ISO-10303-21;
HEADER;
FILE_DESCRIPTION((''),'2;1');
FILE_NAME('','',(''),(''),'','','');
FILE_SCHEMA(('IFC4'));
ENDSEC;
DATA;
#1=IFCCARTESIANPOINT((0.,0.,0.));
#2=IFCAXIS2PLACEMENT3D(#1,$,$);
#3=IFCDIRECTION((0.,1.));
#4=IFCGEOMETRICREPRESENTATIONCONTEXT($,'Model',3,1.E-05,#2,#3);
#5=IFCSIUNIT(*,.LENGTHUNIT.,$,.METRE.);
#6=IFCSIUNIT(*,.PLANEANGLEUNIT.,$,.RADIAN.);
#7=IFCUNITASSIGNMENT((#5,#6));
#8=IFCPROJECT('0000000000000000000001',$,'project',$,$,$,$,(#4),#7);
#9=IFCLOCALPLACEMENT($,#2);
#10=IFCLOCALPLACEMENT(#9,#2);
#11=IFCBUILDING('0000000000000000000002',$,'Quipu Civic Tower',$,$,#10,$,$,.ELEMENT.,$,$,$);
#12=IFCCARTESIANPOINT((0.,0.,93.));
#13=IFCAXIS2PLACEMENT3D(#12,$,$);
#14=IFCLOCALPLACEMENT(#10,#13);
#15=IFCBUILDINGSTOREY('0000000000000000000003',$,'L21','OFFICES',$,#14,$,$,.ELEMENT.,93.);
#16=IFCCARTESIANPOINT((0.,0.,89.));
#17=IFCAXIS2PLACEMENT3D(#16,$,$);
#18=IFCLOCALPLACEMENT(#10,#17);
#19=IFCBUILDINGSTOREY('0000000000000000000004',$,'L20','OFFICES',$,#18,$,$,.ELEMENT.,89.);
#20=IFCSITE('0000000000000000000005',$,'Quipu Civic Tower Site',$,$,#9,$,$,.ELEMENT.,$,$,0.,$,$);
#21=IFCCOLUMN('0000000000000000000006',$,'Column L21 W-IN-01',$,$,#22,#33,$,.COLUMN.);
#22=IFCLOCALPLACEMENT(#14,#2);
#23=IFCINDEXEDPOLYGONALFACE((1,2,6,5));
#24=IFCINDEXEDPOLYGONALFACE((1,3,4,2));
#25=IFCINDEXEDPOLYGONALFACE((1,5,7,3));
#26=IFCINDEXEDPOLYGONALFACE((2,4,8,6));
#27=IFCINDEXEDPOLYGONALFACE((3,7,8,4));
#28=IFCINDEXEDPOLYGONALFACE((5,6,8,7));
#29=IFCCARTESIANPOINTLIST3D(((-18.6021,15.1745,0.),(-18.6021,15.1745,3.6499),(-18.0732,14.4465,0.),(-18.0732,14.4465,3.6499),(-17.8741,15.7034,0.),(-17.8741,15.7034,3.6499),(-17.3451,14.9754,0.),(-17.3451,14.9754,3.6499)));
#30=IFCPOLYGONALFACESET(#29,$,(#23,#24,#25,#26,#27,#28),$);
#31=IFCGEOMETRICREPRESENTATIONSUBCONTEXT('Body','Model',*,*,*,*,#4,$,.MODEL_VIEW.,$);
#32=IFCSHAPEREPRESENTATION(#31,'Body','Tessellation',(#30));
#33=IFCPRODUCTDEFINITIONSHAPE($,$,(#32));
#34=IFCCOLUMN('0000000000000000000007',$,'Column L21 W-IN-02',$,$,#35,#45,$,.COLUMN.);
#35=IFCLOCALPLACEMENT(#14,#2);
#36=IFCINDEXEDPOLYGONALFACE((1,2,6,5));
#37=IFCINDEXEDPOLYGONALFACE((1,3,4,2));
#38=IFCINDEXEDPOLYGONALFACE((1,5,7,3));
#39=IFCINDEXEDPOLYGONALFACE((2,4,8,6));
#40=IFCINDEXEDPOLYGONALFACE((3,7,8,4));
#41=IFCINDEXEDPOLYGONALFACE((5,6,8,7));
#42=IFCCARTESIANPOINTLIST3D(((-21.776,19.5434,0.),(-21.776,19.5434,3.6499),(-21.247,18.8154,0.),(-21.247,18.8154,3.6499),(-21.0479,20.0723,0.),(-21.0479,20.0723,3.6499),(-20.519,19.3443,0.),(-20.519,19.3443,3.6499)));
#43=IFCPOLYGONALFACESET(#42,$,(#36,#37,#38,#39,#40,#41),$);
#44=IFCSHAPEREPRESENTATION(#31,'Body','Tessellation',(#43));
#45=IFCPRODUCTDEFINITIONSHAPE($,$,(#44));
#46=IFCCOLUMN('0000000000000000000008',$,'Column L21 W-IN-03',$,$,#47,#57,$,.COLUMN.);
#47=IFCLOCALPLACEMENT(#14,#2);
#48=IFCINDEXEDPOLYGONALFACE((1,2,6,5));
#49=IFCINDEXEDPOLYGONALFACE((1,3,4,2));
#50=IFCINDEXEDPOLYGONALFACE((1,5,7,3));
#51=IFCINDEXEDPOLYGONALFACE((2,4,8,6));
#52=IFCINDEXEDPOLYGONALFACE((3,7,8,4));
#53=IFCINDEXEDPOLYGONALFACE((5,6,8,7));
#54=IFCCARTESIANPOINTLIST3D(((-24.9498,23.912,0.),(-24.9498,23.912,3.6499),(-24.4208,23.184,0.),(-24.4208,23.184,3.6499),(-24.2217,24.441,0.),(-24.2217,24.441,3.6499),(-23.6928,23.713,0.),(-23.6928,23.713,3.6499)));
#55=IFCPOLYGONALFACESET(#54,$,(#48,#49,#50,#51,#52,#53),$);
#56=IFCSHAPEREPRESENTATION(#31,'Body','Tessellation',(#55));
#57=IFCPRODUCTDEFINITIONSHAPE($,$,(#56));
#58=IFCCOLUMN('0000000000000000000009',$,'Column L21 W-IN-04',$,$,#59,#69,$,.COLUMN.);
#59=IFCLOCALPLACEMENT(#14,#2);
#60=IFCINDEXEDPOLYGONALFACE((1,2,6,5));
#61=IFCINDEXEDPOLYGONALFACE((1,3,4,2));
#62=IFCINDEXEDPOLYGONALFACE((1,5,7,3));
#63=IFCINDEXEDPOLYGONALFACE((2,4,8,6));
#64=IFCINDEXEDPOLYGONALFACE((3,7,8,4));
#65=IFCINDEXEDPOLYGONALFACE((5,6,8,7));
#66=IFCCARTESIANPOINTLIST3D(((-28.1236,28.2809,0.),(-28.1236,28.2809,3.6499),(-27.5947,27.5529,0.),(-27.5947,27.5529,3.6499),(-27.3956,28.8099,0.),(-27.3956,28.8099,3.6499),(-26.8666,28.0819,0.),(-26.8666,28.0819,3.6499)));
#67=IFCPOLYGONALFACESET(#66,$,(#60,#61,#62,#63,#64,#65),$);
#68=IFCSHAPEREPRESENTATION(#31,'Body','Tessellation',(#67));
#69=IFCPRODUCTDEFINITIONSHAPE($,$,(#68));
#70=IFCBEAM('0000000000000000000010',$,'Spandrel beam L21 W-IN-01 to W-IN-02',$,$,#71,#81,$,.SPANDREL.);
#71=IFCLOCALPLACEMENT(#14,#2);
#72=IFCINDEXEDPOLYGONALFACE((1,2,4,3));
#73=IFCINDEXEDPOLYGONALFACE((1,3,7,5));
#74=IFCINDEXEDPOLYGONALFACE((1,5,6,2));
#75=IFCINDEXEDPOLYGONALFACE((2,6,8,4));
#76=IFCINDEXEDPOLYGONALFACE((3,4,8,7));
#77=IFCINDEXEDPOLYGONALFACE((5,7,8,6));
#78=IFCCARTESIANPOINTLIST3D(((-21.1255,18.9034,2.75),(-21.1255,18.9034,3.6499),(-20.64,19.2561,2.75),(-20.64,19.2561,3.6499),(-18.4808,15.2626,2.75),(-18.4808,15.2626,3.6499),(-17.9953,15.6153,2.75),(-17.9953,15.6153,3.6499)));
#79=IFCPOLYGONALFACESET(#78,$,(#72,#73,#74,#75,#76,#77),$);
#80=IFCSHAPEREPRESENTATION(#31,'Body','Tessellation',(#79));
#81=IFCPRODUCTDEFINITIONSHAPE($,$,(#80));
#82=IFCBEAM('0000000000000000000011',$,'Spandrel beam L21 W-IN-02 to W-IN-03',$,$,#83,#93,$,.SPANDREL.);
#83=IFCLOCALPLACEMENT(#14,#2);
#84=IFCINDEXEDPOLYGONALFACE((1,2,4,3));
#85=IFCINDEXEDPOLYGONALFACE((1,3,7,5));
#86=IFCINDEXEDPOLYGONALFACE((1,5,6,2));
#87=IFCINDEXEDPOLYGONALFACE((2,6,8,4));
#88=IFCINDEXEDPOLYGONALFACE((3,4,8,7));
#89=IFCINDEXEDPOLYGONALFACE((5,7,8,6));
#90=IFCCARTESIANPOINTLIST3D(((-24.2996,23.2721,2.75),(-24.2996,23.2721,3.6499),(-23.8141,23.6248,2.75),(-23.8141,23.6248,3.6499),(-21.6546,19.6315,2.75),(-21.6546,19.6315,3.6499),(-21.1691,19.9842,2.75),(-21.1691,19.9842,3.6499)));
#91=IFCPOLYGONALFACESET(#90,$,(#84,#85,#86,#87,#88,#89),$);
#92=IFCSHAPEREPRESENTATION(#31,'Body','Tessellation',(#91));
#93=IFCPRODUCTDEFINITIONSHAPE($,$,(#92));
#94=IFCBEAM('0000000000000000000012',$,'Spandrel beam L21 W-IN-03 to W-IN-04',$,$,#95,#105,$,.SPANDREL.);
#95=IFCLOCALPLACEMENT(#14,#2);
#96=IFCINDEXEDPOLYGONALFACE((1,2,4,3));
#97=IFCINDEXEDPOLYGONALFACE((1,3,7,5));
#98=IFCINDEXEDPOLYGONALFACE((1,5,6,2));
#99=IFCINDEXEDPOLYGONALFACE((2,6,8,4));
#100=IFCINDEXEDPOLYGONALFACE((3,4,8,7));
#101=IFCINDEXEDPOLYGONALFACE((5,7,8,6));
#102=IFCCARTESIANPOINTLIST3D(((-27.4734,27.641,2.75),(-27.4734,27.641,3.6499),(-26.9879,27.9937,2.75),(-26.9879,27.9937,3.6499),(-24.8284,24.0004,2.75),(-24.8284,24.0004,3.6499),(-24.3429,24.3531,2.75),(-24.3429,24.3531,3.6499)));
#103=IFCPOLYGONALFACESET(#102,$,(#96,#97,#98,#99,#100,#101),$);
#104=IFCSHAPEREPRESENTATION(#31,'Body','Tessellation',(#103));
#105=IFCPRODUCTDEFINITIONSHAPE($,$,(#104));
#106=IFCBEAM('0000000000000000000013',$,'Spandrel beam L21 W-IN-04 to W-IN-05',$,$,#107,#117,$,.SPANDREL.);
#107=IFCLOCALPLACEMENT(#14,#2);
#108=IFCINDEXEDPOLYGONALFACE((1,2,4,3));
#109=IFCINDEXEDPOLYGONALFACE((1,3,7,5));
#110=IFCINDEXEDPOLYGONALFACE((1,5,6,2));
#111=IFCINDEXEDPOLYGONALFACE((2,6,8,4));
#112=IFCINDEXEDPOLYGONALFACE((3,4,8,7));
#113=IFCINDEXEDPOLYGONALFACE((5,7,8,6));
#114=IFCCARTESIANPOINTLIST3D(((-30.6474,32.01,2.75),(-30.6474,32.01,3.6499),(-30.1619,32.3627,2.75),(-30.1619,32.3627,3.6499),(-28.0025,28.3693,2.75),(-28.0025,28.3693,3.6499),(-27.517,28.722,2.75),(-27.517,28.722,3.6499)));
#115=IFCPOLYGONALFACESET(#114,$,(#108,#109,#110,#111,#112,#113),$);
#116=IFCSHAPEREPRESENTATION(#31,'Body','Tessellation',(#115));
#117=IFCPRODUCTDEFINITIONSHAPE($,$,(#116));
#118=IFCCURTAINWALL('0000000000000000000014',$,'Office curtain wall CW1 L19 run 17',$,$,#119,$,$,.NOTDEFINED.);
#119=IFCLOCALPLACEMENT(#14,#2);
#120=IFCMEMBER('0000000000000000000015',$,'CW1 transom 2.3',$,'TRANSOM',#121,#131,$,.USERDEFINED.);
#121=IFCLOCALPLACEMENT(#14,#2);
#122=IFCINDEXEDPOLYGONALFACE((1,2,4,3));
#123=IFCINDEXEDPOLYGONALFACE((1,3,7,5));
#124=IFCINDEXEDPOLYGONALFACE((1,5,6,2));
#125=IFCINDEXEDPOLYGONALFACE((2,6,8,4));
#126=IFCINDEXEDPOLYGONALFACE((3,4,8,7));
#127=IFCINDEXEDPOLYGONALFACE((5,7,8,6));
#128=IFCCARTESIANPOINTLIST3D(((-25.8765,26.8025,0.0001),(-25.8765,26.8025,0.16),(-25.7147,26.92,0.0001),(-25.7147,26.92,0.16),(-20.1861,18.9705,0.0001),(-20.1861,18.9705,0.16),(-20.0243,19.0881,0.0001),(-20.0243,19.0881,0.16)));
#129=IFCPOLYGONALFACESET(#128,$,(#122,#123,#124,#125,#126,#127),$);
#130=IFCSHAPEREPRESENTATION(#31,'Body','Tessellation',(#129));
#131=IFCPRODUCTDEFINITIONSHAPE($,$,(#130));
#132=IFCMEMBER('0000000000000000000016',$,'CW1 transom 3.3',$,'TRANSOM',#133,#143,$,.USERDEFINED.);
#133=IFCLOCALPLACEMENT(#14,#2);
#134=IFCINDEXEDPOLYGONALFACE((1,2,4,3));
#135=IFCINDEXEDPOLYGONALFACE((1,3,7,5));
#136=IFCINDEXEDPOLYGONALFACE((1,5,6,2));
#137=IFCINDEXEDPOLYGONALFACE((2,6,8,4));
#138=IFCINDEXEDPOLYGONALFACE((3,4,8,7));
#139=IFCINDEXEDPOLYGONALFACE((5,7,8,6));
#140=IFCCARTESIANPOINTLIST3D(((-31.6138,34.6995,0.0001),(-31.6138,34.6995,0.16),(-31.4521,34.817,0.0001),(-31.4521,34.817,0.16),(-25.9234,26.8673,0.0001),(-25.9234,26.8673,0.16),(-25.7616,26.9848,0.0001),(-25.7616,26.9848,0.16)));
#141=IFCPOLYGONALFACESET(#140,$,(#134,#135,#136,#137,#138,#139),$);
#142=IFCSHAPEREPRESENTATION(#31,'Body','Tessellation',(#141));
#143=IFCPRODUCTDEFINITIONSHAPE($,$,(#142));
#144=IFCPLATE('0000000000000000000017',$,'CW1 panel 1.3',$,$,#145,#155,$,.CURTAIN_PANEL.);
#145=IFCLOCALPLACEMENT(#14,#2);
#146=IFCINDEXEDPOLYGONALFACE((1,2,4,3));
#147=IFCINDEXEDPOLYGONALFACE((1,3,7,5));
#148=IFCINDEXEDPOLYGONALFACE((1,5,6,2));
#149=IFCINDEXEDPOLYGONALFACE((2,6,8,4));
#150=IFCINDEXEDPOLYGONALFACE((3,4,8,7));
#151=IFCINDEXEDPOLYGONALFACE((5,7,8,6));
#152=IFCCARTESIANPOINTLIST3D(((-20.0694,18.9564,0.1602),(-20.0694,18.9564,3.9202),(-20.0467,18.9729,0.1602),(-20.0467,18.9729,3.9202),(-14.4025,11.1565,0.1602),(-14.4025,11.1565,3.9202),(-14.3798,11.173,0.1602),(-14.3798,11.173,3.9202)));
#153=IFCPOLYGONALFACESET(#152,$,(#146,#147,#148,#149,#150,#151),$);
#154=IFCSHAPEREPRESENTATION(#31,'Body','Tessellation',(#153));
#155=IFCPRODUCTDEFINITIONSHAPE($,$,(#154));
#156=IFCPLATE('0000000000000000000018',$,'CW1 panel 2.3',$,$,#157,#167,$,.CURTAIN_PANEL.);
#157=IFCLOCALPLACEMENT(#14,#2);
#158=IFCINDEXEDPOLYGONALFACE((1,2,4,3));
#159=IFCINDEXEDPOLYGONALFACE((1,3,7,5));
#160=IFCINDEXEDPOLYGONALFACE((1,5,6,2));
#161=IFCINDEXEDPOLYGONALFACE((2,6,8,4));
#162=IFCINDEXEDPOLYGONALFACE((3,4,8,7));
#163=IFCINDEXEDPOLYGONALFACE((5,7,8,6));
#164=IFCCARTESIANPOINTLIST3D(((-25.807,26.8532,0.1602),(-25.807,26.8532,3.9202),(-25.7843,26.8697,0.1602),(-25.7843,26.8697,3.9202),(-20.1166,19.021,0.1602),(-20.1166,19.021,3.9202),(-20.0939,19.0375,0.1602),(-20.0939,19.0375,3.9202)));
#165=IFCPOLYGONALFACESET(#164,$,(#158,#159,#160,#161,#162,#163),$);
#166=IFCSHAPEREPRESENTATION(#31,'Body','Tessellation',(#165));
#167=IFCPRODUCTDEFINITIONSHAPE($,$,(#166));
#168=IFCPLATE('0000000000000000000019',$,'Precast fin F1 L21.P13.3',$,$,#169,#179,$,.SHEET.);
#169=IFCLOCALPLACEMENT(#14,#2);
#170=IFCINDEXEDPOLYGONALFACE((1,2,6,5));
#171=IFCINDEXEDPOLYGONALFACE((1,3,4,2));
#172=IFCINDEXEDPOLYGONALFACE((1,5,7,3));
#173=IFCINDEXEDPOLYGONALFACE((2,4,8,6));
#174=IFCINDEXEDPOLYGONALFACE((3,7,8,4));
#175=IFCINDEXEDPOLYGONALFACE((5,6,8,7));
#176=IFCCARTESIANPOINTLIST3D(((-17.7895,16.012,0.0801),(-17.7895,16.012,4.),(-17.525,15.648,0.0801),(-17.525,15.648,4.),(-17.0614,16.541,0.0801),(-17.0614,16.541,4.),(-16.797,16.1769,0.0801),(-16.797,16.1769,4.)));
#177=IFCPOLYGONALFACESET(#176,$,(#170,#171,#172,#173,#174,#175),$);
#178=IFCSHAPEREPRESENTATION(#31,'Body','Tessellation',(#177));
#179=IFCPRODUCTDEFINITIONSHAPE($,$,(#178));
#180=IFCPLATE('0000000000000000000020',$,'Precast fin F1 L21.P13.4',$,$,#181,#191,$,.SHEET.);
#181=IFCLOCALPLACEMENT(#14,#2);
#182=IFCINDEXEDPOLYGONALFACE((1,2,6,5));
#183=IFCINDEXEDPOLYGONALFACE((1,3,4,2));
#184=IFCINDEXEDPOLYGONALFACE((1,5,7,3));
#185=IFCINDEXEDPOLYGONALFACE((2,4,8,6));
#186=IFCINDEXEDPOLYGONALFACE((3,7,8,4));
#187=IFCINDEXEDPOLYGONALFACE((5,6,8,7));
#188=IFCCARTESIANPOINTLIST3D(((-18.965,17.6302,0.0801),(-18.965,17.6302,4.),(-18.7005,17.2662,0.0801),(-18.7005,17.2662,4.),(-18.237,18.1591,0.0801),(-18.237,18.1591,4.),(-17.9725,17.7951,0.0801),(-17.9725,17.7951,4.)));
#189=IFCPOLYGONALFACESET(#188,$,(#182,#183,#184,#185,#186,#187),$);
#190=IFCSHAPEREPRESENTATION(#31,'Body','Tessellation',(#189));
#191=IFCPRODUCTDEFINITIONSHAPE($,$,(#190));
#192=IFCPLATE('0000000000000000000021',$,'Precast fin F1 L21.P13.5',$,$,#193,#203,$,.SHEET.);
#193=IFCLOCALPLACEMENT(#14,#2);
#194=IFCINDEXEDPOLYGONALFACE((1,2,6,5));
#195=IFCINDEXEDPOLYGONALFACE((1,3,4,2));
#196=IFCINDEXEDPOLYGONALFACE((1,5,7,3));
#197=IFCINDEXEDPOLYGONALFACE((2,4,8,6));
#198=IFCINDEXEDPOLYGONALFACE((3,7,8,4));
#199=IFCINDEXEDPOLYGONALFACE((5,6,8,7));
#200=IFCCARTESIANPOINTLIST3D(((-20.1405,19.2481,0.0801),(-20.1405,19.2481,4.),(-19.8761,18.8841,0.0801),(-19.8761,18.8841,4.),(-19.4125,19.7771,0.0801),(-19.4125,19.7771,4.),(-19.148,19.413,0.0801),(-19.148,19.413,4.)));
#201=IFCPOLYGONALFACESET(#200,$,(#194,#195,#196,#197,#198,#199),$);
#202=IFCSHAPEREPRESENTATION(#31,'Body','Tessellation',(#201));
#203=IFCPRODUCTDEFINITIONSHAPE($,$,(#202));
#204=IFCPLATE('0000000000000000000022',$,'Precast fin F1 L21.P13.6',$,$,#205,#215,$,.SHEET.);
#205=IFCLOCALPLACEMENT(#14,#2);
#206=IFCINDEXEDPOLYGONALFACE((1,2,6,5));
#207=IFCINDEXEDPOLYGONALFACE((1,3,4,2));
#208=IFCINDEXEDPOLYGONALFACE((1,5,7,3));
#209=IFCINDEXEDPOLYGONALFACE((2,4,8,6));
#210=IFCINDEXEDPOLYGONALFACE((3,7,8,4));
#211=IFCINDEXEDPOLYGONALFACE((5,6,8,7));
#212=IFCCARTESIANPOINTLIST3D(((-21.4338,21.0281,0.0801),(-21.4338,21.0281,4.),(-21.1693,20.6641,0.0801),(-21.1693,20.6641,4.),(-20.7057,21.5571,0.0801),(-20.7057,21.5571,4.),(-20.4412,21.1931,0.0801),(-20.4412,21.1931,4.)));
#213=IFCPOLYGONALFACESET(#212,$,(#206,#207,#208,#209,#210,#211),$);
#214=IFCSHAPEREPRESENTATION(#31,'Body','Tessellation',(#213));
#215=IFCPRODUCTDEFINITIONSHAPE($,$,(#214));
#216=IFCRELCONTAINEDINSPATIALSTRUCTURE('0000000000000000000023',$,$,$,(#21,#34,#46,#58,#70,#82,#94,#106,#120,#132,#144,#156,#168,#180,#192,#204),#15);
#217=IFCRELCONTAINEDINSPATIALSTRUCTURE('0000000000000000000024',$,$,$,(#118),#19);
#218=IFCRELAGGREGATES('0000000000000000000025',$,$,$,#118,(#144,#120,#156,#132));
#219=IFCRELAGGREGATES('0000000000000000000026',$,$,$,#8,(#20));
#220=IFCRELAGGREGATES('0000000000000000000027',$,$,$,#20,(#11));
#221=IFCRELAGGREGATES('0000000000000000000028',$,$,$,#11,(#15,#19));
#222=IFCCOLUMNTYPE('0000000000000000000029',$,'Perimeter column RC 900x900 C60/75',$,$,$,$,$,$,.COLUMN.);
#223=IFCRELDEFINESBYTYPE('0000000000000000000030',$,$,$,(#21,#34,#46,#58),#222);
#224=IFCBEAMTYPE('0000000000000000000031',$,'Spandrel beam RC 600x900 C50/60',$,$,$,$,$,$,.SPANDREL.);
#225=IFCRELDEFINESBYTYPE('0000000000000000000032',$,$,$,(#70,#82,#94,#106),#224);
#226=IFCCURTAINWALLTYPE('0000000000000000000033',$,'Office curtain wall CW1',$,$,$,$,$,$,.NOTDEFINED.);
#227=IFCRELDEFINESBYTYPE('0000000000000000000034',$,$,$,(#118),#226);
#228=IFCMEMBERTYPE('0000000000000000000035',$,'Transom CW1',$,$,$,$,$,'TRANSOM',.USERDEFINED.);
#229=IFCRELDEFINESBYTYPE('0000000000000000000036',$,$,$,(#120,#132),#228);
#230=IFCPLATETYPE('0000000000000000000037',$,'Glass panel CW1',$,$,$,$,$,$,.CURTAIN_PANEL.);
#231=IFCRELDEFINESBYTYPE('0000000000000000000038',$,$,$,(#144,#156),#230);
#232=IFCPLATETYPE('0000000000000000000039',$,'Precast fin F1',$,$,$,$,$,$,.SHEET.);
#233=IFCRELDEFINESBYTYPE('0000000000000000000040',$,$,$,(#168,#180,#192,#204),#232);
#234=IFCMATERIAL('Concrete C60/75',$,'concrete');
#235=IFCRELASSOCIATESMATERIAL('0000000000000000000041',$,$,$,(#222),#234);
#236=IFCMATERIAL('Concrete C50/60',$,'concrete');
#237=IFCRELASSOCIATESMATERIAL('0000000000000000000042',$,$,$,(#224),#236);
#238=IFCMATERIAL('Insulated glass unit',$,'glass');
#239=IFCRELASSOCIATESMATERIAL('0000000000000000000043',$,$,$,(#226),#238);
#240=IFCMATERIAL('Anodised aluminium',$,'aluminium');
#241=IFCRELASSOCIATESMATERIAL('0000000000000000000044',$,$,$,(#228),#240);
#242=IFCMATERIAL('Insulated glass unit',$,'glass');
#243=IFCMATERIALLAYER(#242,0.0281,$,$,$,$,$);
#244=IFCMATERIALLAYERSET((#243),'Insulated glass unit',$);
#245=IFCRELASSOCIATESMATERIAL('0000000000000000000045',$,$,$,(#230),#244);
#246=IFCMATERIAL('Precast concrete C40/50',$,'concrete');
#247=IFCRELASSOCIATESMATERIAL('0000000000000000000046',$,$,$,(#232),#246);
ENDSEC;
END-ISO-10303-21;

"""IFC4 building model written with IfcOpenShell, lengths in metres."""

from ifc_helpers import new_model, si_unit, direction, frame, origin, origin_2d, place, context, subcontext, project, spatial, rectangle, extrude, material, layer, layer_set, material_profile, profile_set, type_object, element, aggregate, save


model = new_model("IFC4")

# Units and contexts
model_context = context("Model", 3, precision=1e-05, world=origin(), true_north=direction((0.0, 1.0)))
body_context = subcontext(model_context, "Body", "Model", "MODEL_VIEW")
ifc_project = project(units=[si_unit("LENGTHUNIT", "METRE"), si_unit("PLANEANGLEUNIT", "RADIAN")], contexts=[model_context])

# Site, building, storey
site_placement = place(None, origin())
site = spatial("IfcSite", under=ifc_project, at=site_placement, Name="Quipu Civic Tower Site", CompositionType="ELEMENT", RefElevation=0.0)
building_placement = place(site_placement, origin())
building = spatial("IfcBuilding", under=site, at=building_placement, Name="Quipu Civic Tower", CompositionType="ELEMENT")
storey_1_placement = place(building_placement, frame((0.0, 0.0, 93.0)))
storey_1 = spatial("IfcBuildingStorey", under=building, at=storey_1_placement, Name="L21", Description="OFFICES", CompositionType="ELEMENT", Elevation=93.0)

# Columns
ifc_material_1 = material(Name="Concrete C60/75", Category="concrete")
ifc_material_profile_1 = material_profile(ifc_material_1, rectangle(XDim=0.8999, YDim=0.8999, at=origin_2d()), Name="RC900x900")
ifc_profile_set_1 = profile_set([ifc_material_profile_1], Name="Concrete C60/75")
column_type = type_object("IfcColumnType", Name="Perimeter column RC 900x900 C60/75", PredefinedType="COLUMN", material=ifc_profile_set_1)
for number, where, z_axis, x_axis, name in (
    (1, (-17.9736, 15.075, 0.0), (0.0, 0.0, 1.0), (-0.587785, 0.809017, 0.0), "Column L21 W-IN-01"),
    (2, (-21.1475, 19.4438, 0.0), (0.0, 0.0, 1.0), (-0.587785, 0.809017, 0.0), "Column L21 W-IN-02"),
    (3, (-24.3213, 23.8125, 0.0), (0.0, 0.0, 1.0), (-0.587785, 0.809017, 0.0), "Column L21 W-IN-03"),
    (4, (-27.4951, 28.1814, 0.0), (0.0, 0.0, 1.0), (-0.587785, 0.809017, 0.0), "Column L21 W-IN-04"),
):
    element("IfcColumn", number, at=place(storey_1_placement, frame(where, z_axis=z_axis, x_axis=x_axis)), inside=storey_1, type_object=column_type, Name=name, PredefinedType="COLUMN", context=body_context, shape_type="SweptSolid", body=[
        extrude(rectangle(XDim=0.8999, YDim=0.8999, at=origin_2d()), origin(), (0.0, 0.0, 1.0), 3.6499),
    ])

# Beams
ifc_material_2 = material(Name="Concrete C50/60", Category="concrete")
ifc_material_profile_2 = material_profile(ifc_material_2, rectangle(XDim=0.6001, YDim=0.8999, at=origin_2d()), Name="RC600x900")
ifc_profile_set_2 = profile_set([ifc_material_profile_2], Name="Concrete C50/60")
beam_type = type_object("IfcBeamType", Name="Spandrel beam RC 600x900 C50/60", PredefinedType="SPANDREL", material=ifc_profile_set_2)
for number, where, z_axis, x_axis, name in (
    (5, (-18.238, 15.439, 3.2), (-0.587717, 0.809067, 0.0), (-0.809067, -0.587717, 0.0), "Spandrel beam L21 W-IN-01 to W-IN-02"),
    (6, (-21.4119, 19.8079, 3.2), (-0.587778, 0.809022, 0.0), (-0.809022, -0.587778, 0.0), "Spandrel beam L21 W-IN-02 to W-IN-03"),
    (7, (-24.5857, 24.1768, 3.2), (-0.587778, 0.809022, 0.0), (-0.809022, -0.587778, 0.0), "Spandrel beam L21 W-IN-03 to W-IN-04"),
    (8, (-27.7598, 28.5457, 3.2), (-0.587743, 0.809048, 0.0), (-0.809048, -0.587743, 0.0), "Spandrel beam L21 W-IN-04 to W-IN-05"),
):
    element("IfcBeam", number, at=place(storey_1_placement, frame(where, z_axis=z_axis, x_axis=x_axis)), inside=storey_1, type_object=beam_type, Name=name, PredefinedType="SPANDREL", context=body_context, shape_type="SweptSolid", body=[
        extrude(rectangle(XDim=0.6001, YDim=0.8999, at=origin_2d()), origin(), (0.0, 0.0, 1.0), 4.5),
    ])

# Shared definitions
storey_2_placement = place(building_placement, frame((0.0, 0.0, 89.0)))
storey_2 = spatial("IfcBuildingStorey", under=building, at=storey_2_placement, Name="L20", Description="OFFICES", CompositionType="ELEMENT", Elevation=89.0)

# Curtain wall, members, plates
ifc_material_3 = material(Name="Insulated glass unit", Category="glass")
curtain_wall_type = type_object("IfcCurtainWallType", Name="Office curtain wall CW1", PredefinedType="NOTDEFINED", material=ifc_material_3)
curtain_wall_placement = place(storey_2_placement, origin())
curtain_wall = element("IfcCurtainWall", 9, at=curtain_wall_placement, inside=storey_2, type_object=curtain_wall_type, Name="Office curtain wall CW1 L19 run 17", PredefinedType="NOTDEFINED")
ifc_material_4 = material(Name="Anodised aluminium", Category="aluminium")
ifc_material_profile_3 = material_profile(ifc_material_4, rectangle(XDim=0.2, YDim=0.1599, at=origin_2d()), Name="RECT 200x160")
ifc_profile_set_3 = profile_set([ifc_material_profile_3], Name="Anodised aluminium")
member_type = type_object("IfcMemberType", Name="Transom CW1", ElementType="TRANSOM", PredefinedType="USERDEFINED", material=ifc_profile_set_3)
member_1_placement = place(storey_1_placement, frame((-20.1052, 19.0293, 0.0801), z_axis=(-0.587794, 0.809011, 0.0), x_axis=(-0.809011, -0.587794, 0.0)))
member_1 = element("IfcMember", 10, at=member_1_placement, inside=storey_1, type_object=member_type, Name="CW1 transom 2.3", ObjectType="TRANSOM", PredefinedType="USERDEFINED", context=body_context, shape_type="SweptSolid", body=[
    extrude(rectangle(XDim=0.2, YDim=0.1599, at=origin_2d()), origin(), (0.0, 0.0, 1.0), 9.6809),
])
member_2_placement = place(storey_1_placement, frame((-25.8425, 26.926, 0.0801), z_axis=(-0.587782, 0.80902, 0.0), x_axis=(-0.80902, -0.587782, 0.0)))
member_2 = element("IfcMember", 11, at=member_2_placement, inside=storey_1, type_object=member_type, Name="CW1 transom 3.3", ObjectType="TRANSOM", PredefinedType="USERDEFINED", context=body_context, shape_type="SweptSolid", body=[
    extrude(rectangle(XDim=0.2, YDim=0.1599, at=origin_2d()), origin(), (0.0, 0.0, 1.0), 9.6812),
])
ifc_material_5 = material(Name="Insulated glass unit", Category="glass")
ifc_layer_1 = layer(ifc_material_5, 0.0281)
ifc_layer_set_1 = layer_set([ifc_layer_1], Name="Insulated glass unit")
plate_type_1 = type_object("IfcPlateType", Name="Glass panel CW1", PredefinedType="CURTAIN_PANEL", material=ifc_layer_set_1)
plate_1_placement = place(storey_1_placement, frame((-17.2246, 15.0647, 0.1602), z_axis=(0.0, 0.0, 1.0), x_axis=(-0.587786, 0.809017, 0.0)))
plate_1 = element("IfcPlate", 12, at=plate_1_placement, inside=storey_1, type_object=plate_type_1, Name="CW1 panel 1.3", PredefinedType="CURTAIN_PANEL", context=body_context, shape_type="SweptSolid", body=[
    extrude(rectangle(XDim=9.6411, YDim=0.0281, at=origin_2d()), origin(), (0.0, 0.0, 1.0), 3.76),
])
plate_2_placement = place(storey_1_placement, frame((-22.9504, 22.9453, 0.1602), z_axis=(0.0, 0.0, 1.0), x_axis=(-0.587786, 0.809017, 0.0)))
plate_2 = element("IfcPlate", 13, at=plate_2_placement, inside=storey_1, type_object=plate_type_1, Name="CW1 panel 2.3", PredefinedType="CURTAIN_PANEL", context=body_context, shape_type="SweptSolid", body=[
    extrude(rectangle(XDim=9.6812, YDim=0.0281, at=origin_2d()), origin(), (0.0, 0.0, 1.0), 3.76),
])
aggregate(curtain_wall, [plate_1, member_1, plate_2, member_2])

# Plates
ifc_material_6 = material(Name="Precast concrete C40/50", Category="concrete")
plate_type_2 = type_object("IfcPlateType", Name="Precast fin F1", PredefinedType="SHEET", material=ifc_material_6)
for number, where, z_axis, x_axis, name in (
    (14, (-17.2932, 16.0945, 0.0801), (0.0, 0.0, 1.0), (-0.587785, 0.809017, 0.0), "Precast fin F1 L21.P13.3"),
    (15, (-18.4688, 17.7126, 0.0801), (0.0, 0.0, 1.0), (-0.587785, 0.809017, 0.0), "Precast fin F1 L21.P13.4"),
    (16, (-19.6443, 19.3306, 0.0801), (0.0, 0.0, 1.0), (-0.587785, 0.809017, 0.0), "Precast fin F1 L21.P13.5"),
    (17, (-20.9375, 21.1106, 0.0801), (0.0, 0.0, 1.0), (-0.587785, 0.809017, 0.0), "Precast fin F1 L21.P13.6"),
):
    element("IfcPlate", number, at=place(storey_1_placement, frame(where, z_axis=z_axis, x_axis=x_axis)), inside=storey_1, type_object=plate_type_2, Name=name, PredefinedType="SHEET", context=body_context, shape_type="SweptSolid", body=[
        extrude(rectangle(XDim=0.45, YDim=0.8999, at=origin_2d()), origin(), (0.0, 0.0, 1.0), 3.9199),
    ])

save(model, "model.ifc")
